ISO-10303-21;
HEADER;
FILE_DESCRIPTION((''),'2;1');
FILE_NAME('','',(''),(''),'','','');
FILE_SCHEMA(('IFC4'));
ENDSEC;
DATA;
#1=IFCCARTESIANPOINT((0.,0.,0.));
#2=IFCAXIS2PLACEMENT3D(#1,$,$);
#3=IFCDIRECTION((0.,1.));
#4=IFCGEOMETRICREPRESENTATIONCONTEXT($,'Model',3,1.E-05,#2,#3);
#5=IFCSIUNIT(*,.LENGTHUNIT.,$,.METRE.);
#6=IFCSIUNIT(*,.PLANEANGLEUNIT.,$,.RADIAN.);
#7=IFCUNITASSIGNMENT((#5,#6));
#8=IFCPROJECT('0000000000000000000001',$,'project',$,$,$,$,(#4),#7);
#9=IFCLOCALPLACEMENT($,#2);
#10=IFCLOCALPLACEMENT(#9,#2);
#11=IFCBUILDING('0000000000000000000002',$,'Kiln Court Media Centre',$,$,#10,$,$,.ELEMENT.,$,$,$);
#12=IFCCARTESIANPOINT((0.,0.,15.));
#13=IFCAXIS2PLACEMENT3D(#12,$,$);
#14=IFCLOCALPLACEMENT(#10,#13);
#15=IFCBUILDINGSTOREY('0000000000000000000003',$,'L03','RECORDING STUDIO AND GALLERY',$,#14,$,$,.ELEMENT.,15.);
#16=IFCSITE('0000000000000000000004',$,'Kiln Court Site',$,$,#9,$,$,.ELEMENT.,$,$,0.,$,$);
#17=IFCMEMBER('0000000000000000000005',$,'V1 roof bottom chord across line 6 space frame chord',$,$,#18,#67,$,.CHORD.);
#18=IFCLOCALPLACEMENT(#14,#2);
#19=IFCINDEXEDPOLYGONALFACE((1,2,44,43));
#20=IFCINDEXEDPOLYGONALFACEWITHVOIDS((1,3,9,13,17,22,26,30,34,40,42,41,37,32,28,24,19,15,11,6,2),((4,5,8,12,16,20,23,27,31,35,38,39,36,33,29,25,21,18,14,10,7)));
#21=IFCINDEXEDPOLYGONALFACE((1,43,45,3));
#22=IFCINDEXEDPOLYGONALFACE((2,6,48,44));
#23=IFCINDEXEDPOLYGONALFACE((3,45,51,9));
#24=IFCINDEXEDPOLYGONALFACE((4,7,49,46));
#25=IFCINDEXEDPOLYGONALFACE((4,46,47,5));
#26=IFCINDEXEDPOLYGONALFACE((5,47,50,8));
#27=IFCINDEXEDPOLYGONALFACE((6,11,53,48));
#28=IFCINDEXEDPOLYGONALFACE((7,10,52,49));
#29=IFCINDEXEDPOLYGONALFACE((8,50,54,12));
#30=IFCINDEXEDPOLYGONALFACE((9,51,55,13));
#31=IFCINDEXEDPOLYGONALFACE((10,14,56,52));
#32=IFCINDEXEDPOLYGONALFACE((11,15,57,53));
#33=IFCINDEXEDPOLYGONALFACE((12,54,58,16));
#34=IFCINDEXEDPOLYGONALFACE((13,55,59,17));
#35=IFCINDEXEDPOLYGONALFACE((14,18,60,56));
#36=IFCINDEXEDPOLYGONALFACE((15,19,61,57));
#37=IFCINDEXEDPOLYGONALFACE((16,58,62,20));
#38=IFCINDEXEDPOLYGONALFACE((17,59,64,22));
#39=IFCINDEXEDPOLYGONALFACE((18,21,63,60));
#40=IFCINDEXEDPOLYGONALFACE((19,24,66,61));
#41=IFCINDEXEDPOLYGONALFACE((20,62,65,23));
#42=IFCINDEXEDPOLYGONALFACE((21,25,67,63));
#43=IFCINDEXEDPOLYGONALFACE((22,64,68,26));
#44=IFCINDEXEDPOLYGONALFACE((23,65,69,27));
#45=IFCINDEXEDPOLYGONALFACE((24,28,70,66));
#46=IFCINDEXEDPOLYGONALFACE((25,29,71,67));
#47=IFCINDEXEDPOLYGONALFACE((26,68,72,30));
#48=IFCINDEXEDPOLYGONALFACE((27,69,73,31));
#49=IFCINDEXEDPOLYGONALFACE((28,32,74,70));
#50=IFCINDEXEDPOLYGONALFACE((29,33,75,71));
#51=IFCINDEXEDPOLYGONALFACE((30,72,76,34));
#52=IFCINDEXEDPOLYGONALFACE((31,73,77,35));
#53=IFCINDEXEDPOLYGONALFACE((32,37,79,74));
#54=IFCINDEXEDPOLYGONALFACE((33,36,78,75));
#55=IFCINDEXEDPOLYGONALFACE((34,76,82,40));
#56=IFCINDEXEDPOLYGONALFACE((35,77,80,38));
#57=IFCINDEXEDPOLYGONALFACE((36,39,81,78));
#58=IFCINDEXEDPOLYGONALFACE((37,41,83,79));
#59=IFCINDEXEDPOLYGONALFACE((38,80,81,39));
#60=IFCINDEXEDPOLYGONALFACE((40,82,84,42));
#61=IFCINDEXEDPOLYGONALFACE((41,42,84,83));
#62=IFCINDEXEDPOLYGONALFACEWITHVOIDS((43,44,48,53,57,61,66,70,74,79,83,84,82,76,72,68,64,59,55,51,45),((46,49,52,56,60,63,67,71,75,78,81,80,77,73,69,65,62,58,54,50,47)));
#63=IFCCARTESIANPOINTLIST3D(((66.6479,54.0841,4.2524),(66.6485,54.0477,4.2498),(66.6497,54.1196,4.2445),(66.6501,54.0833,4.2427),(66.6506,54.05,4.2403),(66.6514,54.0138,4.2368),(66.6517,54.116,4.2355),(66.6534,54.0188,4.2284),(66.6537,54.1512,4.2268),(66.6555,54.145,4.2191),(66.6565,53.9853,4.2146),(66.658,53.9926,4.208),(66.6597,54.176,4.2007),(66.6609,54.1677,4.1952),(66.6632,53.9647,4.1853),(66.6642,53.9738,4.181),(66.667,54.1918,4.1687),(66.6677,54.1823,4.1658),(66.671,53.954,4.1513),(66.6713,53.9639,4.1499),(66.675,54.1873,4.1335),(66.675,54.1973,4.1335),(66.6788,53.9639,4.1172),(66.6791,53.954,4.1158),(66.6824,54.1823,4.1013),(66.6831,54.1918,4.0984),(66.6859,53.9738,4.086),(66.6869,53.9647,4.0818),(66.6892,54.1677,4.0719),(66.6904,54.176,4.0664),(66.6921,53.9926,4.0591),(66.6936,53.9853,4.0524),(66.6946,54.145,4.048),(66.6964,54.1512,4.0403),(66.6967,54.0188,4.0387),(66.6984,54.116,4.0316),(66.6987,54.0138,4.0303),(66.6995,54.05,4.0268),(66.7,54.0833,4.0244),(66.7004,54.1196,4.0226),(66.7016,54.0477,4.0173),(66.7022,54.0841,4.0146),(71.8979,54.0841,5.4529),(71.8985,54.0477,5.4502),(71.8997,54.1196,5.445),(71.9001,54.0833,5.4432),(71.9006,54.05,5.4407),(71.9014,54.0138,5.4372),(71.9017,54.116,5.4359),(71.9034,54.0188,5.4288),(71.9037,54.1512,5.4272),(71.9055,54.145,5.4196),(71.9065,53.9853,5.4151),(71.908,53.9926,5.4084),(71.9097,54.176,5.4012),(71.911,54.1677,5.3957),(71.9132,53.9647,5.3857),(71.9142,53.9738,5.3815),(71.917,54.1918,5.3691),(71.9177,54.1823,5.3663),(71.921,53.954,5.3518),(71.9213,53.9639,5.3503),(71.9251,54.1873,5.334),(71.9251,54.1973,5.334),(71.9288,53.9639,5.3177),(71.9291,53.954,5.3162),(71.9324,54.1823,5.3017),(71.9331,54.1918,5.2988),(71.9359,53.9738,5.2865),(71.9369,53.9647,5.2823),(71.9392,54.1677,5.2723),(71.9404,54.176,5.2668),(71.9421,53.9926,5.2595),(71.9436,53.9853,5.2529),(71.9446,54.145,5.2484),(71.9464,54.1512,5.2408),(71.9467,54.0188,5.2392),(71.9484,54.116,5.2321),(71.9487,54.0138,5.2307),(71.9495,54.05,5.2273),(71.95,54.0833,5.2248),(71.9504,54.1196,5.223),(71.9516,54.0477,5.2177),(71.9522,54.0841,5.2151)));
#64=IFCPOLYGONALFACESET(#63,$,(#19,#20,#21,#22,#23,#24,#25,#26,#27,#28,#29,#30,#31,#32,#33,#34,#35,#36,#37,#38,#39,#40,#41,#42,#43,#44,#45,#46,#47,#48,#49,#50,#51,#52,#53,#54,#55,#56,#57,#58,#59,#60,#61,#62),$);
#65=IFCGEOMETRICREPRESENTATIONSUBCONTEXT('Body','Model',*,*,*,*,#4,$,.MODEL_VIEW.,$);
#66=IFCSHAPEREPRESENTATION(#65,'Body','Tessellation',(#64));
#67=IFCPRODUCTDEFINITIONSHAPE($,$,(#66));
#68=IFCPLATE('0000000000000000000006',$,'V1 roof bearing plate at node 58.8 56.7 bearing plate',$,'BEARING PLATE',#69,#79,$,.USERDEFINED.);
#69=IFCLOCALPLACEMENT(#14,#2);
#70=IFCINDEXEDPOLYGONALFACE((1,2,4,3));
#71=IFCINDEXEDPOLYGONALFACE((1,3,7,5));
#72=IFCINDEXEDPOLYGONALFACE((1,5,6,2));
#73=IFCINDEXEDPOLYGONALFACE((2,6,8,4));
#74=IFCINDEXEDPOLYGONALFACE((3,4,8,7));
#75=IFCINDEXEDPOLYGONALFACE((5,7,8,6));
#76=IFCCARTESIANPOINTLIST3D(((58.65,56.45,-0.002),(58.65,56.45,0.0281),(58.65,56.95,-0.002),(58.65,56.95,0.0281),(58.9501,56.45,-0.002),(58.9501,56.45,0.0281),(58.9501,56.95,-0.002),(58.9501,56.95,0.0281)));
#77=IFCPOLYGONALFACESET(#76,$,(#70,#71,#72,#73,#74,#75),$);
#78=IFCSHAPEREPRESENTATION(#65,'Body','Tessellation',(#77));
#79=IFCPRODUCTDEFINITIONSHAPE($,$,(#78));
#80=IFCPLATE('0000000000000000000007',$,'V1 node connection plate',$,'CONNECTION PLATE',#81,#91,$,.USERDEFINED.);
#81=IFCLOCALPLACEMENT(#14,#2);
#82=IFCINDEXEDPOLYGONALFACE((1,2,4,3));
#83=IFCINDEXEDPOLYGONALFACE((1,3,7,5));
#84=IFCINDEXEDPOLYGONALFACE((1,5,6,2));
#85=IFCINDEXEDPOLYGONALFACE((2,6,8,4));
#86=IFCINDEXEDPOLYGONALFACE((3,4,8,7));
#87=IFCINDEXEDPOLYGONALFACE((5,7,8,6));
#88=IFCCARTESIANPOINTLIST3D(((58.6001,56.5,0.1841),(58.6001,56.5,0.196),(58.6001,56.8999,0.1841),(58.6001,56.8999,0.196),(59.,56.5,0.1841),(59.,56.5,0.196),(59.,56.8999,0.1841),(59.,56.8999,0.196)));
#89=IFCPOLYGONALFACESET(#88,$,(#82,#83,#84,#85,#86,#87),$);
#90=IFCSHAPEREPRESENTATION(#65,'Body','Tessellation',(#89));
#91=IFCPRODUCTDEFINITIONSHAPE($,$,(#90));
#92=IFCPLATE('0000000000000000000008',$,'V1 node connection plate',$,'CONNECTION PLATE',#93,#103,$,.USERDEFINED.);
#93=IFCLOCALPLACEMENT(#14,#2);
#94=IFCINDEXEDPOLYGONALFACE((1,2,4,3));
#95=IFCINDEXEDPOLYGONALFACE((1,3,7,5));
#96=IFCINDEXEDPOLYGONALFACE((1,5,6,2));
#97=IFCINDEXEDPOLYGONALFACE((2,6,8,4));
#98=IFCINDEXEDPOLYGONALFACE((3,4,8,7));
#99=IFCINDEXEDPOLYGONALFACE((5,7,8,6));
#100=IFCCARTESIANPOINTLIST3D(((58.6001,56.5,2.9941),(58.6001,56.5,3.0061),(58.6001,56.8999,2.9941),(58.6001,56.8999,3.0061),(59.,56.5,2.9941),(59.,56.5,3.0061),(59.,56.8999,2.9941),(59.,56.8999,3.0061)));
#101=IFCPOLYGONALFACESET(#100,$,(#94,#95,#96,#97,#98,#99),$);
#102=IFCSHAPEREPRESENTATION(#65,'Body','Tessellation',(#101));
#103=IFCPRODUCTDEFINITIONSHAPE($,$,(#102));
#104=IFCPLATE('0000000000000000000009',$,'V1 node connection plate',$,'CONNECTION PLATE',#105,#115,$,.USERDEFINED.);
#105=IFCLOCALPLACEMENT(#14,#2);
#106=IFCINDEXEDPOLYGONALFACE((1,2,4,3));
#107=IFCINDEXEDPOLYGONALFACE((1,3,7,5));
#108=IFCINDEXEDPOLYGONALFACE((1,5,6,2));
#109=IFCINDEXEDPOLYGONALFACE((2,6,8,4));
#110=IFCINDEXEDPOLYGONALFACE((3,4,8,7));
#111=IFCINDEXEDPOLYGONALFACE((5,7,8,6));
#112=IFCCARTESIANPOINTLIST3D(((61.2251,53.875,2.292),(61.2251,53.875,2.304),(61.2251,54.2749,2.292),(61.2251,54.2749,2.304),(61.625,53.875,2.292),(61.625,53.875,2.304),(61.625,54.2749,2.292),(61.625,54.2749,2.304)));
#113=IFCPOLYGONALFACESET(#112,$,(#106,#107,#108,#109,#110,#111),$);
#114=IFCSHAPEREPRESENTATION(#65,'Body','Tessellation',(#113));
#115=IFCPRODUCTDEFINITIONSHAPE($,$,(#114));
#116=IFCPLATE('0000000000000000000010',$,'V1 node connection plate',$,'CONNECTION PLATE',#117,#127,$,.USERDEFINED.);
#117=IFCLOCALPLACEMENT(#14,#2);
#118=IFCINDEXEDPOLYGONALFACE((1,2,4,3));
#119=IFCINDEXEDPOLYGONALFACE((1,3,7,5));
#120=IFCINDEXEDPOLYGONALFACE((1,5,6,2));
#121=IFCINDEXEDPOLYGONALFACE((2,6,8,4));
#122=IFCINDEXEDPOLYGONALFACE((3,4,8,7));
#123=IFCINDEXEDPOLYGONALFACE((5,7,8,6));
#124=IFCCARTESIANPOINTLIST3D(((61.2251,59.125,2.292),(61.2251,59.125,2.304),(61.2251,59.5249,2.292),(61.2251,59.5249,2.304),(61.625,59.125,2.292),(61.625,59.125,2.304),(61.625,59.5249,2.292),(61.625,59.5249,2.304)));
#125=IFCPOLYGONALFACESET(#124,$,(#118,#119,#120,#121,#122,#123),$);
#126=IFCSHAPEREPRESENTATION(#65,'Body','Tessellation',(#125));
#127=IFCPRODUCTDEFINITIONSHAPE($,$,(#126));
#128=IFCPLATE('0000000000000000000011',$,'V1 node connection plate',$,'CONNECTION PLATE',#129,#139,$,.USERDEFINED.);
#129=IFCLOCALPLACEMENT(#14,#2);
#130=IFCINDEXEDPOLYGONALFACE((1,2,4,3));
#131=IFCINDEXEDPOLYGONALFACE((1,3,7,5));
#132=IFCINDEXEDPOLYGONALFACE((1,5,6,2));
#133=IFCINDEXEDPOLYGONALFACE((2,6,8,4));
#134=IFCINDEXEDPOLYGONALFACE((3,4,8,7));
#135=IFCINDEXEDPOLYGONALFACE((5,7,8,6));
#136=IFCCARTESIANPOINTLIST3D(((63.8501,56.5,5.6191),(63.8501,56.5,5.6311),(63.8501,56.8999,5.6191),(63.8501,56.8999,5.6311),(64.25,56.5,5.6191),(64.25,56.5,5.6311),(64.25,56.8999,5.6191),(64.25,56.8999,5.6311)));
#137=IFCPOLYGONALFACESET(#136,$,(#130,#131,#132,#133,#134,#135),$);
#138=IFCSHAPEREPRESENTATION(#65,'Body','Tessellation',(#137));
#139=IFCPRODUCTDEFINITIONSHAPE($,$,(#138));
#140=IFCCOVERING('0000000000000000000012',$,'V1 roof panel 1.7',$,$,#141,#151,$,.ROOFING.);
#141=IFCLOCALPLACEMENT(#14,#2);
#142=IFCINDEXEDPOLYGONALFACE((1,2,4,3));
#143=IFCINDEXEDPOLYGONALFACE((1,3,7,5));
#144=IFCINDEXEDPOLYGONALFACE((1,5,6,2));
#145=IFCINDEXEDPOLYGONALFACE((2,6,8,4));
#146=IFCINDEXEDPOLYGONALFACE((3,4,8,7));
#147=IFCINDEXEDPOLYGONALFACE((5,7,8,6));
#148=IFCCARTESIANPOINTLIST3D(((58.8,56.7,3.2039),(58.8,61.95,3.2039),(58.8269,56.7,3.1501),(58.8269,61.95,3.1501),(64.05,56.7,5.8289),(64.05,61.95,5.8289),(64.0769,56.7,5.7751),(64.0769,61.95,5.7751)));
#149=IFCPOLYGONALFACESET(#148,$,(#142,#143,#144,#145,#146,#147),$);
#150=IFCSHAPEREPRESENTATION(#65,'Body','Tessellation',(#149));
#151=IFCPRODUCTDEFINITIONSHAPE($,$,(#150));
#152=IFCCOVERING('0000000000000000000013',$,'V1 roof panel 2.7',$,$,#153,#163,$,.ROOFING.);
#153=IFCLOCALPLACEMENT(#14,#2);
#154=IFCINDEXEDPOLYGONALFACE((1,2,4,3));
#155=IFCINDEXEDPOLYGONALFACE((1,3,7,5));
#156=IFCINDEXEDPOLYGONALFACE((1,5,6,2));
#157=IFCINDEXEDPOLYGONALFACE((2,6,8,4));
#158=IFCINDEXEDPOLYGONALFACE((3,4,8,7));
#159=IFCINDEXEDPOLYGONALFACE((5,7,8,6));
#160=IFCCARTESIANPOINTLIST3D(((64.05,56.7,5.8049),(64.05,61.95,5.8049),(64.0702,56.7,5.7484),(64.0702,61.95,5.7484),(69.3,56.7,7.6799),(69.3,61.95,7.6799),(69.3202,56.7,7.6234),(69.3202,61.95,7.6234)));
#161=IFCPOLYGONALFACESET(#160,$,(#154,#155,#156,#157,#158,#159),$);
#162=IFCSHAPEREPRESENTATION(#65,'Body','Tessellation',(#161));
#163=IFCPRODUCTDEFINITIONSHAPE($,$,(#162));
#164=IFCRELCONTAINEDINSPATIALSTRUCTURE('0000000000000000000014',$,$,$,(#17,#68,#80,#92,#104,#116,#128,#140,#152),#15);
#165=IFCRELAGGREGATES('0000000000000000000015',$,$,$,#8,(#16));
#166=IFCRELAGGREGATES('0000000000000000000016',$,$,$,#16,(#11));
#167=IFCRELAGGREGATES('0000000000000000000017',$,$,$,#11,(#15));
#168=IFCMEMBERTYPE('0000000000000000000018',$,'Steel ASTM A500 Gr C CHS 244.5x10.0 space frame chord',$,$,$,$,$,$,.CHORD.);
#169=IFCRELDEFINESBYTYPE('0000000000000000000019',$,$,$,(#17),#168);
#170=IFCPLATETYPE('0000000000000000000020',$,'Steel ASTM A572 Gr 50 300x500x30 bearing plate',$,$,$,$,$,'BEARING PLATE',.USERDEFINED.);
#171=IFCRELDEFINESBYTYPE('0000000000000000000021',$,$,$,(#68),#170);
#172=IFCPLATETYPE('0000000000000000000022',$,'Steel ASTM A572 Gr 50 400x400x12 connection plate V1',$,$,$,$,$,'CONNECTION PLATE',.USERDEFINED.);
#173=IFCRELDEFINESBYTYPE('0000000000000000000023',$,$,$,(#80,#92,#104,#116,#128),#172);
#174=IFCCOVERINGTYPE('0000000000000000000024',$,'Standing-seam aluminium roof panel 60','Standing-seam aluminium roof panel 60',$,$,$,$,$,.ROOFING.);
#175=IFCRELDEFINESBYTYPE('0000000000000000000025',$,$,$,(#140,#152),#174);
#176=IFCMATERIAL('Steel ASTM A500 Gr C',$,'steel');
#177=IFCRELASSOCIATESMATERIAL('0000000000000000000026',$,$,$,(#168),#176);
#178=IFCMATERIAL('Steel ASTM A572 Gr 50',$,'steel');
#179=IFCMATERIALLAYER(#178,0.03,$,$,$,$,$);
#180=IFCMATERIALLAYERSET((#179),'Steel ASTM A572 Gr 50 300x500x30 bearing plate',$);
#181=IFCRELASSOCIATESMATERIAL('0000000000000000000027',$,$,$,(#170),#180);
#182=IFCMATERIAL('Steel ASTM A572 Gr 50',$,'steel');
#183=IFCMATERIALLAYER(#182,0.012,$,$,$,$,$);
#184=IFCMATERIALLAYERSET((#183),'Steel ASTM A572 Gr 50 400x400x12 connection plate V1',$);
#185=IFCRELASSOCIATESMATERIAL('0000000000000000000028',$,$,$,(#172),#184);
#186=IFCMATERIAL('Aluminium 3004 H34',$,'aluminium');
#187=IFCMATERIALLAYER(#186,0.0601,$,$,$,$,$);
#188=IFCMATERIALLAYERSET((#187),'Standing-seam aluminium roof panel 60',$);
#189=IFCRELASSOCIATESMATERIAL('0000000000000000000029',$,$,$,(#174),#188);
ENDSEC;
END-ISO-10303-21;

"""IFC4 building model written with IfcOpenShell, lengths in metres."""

from ifc_helpers import new_model, si_unit, direction, frame, origin, origin_2d, place, context, subcontext, project, spatial, polyline, rectangle, hollow_circle, outline, extrude, material, layer, layer_set, material_profile, profile_set, type_object, element, save


model = new_model("IFC4")

# Units and contexts
model_context = context("Model", 3, precision=1e-05, world=origin(), true_north=direction((0.0, 1.0)))
body_context = subcontext(model_context, "Body", "Model", "MODEL_VIEW")
ifc_project = project(units=[si_unit("LENGTHUNIT", "METRE"), si_unit("PLANEANGLEUNIT", "RADIAN")], contexts=[model_context])

# Site, building, storey
site_placement = place(None, origin())
site = spatial("IfcSite", under=ifc_project, at=site_placement, Name="Kiln Court Site", CompositionType="ELEMENT", RefElevation=0.0)
building_placement = place(site_placement, origin())
building = spatial("IfcBuilding", under=site, at=building_placement, Name="Kiln Court Media Centre", CompositionType="ELEMENT")
storey_placement = place(building_placement, frame((0.0, 0.0, 15.0)))
storey = spatial("IfcBuildingStorey", under=building, at=storey_placement, Name="L03", Description="RECORDING STUDIO AND GALLERY", CompositionType="ELEMENT", Elevation=15.0)

# Member
ifc_material_1 = material(Name="Steel ASTM A500 Gr C", Category="steel")
ifc_material_profile_1 = material_profile(ifc_material_1, hollow_circle(Radius=0.1223, WallThickness=0.01, at=origin_2d()), Name="CHS 244.5x10.0")
ifc_profile_set_1 = profile_set([ifc_material_profile_1], Name="Steel ASTM A500 Gr C")
member_type_1 = type_object("IfcMemberType", Name="Steel ASTM A500 Gr C CHS 244.5x10.0 space frame chord", PredefinedType="CHORD", material=ifc_profile_set_1)
member_1_placement = place(storey_placement, frame((66.675, 54.075, 4.1335), z_axis=(0.974841, 0.0, 0.222902), x_axis=(0.0, 1.0, 0.0)))
element("IfcMember", 1, at=member_1_placement, inside=storey, type_object=member_type_1, Name="V1 roof bottom chord across line 6 space frame chord", PredefinedType="CHORD", context=body_context, shape_type="SweptSolid", body=[
    extrude(hollow_circle(Radius=0.1223, WallThickness=0.01, at=origin_2d()), origin(), (0.0, 0.0, 1.0), 5.3855),
])

# Plates
ifc_material_2 = material(Name="Steel ASTM A572 Gr 50", Category="steel")
ifc_layer_1 = layer(ifc_material_2, 0.03)
ifc_layer_set_1 = layer_set([ifc_layer_1], Name="Steel ASTM A572 Gr 50 300x500x30 bearing plate")
plate_type_1 = type_object("IfcPlateType", Name="Steel ASTM A572 Gr 50 300x500x30 bearing plate", ElementType="BEARING PLATE", PredefinedType="USERDEFINED", material=ifc_layer_set_1)
plate_placement = place(storey_placement, frame((58.8, 56.7, -0.002), z_axis=(0.0, 0.0, 1.0), x_axis=(1.0, 0.0, 0.0)))
element("IfcPlate", 2, at=plate_placement, inside=storey, type_object=plate_type_1, Name="V1 roof bearing plate at node 58.8 56.7 bearing plate", ObjectType="BEARING PLATE", PredefinedType="USERDEFINED", context=body_context, shape_type="SweptSolid", body=[
    extrude(rectangle(XDim=0.3, YDim=0.5, at=origin_2d()), origin(), (0.0, 0.0, 1.0), 0.03),
])
ifc_material_3 = material(Name="Steel ASTM A572 Gr 50", Category="steel")
ifc_layer_2 = layer(ifc_material_3, 0.012)
ifc_layer_set_2 = layer_set([ifc_layer_2], Name="Steel ASTM A572 Gr 50 400x400x12 connection plate V1")
plate_type_2 = type_object("IfcPlateType", Name="Steel ASTM A572 Gr 50 400x400x12 connection plate V1", ElementType="CONNECTION PLATE", PredefinedType="USERDEFINED", material=ifc_layer_set_2)
for number, where, z_axis, x_axis, name in (
    (3, (58.8, 56.7, 0.1841), (0.0, 0.0, 1.0), (1.0, 0.0, 0.0), "V1 node connection plate"),
    (4, (58.8, 56.7, 2.9941), (0.0, 0.0, 1.0), (1.0, 0.0, 0.0), "V1 node connection plate"),
    (5, (61.425, 54.075, 2.292), (0.0, 0.0, 1.0), (1.0, 0.0, 0.0), "V1 node connection plate"),
    (6, (61.425, 59.325, 2.292), (0.0, 0.0, 1.0), (1.0, 0.0, 0.0), "V1 node connection plate"),
    (7, (64.05, 56.7, 5.6191), (0.0, 0.0, 1.0), (1.0, 0.0, 0.0), "V1 node connection plate"),
):
    element("IfcPlate", number, at=place(storey_placement, frame(where, z_axis=z_axis, x_axis=x_axis)), inside=storey, type_object=plate_type_2, Name=name, ObjectType="CONNECTION PLATE", PredefinedType="USERDEFINED", context=body_context, shape_type="SweptSolid", body=[
        extrude(rectangle(XDim=0.3999, YDim=0.3999, at=origin_2d()), origin(), (0.0, 0.0, 1.0), 0.012),
    ])

# Coverings
ifc_material_4 = material(Name="Aluminium 3004 H34", Category="aluminium")
ifc_layer_3 = layer(ifc_material_4, 0.0601)
ifc_layer_set_3 = layer_set([ifc_layer_3], Name="Standing-seam aluminium roof panel 60")
covering_type = type_object("IfcCoveringType", Name="Standing-seam aluminium roof panel 60", Description="Standing-seam aluminium roof panel 60", PredefinedType="ROOFING", material=ifc_layer_set_3)
covering_1_placement = place(storey_placement, frame((58.8, 56.7, 3.2039), z_axis=(-0.447214, 0.0, 0.894427), x_axis=(0.894427, 0.0, 0.447214)))
element("IfcCovering", 8, at=covering_1_placement, inside=storey, type_object=covering_type, Name="V1 roof panel 1.7", PredefinedType="ROOFING", context=body_context, shape_type="SweptSolid", body=[
    extrude(outline(polyline([(0.0, 0.0), (5.8697, 0.0), (5.8697, 5.25), (0.0, 5.25), (0.0, 0.0)])), origin(), (0.0, 0.0, -1.0), 0.0601),
])
covering_2_placement = place(storey_placement, frame((64.05, 56.7, 5.8049), z_axis=(-0.336336, 0.0, 0.941742), x_axis=(0.941742, 0.0, 0.336336)))
element("IfcCovering", 9, at=covering_2_placement, inside=storey, type_object=covering_type, Name="V1 roof panel 2.7", PredefinedType="ROOFING", context=body_context, shape_type="SweptSolid", body=[
    extrude(outline(polyline([(0.0, 0.0), (5.5748, 0.0), (5.5748, 5.25), (0.0, 5.25), (0.0, 0.0)])), origin(), (0.0, 0.0, -1.0), 0.0601),
])

save(model, "model.ifc")
